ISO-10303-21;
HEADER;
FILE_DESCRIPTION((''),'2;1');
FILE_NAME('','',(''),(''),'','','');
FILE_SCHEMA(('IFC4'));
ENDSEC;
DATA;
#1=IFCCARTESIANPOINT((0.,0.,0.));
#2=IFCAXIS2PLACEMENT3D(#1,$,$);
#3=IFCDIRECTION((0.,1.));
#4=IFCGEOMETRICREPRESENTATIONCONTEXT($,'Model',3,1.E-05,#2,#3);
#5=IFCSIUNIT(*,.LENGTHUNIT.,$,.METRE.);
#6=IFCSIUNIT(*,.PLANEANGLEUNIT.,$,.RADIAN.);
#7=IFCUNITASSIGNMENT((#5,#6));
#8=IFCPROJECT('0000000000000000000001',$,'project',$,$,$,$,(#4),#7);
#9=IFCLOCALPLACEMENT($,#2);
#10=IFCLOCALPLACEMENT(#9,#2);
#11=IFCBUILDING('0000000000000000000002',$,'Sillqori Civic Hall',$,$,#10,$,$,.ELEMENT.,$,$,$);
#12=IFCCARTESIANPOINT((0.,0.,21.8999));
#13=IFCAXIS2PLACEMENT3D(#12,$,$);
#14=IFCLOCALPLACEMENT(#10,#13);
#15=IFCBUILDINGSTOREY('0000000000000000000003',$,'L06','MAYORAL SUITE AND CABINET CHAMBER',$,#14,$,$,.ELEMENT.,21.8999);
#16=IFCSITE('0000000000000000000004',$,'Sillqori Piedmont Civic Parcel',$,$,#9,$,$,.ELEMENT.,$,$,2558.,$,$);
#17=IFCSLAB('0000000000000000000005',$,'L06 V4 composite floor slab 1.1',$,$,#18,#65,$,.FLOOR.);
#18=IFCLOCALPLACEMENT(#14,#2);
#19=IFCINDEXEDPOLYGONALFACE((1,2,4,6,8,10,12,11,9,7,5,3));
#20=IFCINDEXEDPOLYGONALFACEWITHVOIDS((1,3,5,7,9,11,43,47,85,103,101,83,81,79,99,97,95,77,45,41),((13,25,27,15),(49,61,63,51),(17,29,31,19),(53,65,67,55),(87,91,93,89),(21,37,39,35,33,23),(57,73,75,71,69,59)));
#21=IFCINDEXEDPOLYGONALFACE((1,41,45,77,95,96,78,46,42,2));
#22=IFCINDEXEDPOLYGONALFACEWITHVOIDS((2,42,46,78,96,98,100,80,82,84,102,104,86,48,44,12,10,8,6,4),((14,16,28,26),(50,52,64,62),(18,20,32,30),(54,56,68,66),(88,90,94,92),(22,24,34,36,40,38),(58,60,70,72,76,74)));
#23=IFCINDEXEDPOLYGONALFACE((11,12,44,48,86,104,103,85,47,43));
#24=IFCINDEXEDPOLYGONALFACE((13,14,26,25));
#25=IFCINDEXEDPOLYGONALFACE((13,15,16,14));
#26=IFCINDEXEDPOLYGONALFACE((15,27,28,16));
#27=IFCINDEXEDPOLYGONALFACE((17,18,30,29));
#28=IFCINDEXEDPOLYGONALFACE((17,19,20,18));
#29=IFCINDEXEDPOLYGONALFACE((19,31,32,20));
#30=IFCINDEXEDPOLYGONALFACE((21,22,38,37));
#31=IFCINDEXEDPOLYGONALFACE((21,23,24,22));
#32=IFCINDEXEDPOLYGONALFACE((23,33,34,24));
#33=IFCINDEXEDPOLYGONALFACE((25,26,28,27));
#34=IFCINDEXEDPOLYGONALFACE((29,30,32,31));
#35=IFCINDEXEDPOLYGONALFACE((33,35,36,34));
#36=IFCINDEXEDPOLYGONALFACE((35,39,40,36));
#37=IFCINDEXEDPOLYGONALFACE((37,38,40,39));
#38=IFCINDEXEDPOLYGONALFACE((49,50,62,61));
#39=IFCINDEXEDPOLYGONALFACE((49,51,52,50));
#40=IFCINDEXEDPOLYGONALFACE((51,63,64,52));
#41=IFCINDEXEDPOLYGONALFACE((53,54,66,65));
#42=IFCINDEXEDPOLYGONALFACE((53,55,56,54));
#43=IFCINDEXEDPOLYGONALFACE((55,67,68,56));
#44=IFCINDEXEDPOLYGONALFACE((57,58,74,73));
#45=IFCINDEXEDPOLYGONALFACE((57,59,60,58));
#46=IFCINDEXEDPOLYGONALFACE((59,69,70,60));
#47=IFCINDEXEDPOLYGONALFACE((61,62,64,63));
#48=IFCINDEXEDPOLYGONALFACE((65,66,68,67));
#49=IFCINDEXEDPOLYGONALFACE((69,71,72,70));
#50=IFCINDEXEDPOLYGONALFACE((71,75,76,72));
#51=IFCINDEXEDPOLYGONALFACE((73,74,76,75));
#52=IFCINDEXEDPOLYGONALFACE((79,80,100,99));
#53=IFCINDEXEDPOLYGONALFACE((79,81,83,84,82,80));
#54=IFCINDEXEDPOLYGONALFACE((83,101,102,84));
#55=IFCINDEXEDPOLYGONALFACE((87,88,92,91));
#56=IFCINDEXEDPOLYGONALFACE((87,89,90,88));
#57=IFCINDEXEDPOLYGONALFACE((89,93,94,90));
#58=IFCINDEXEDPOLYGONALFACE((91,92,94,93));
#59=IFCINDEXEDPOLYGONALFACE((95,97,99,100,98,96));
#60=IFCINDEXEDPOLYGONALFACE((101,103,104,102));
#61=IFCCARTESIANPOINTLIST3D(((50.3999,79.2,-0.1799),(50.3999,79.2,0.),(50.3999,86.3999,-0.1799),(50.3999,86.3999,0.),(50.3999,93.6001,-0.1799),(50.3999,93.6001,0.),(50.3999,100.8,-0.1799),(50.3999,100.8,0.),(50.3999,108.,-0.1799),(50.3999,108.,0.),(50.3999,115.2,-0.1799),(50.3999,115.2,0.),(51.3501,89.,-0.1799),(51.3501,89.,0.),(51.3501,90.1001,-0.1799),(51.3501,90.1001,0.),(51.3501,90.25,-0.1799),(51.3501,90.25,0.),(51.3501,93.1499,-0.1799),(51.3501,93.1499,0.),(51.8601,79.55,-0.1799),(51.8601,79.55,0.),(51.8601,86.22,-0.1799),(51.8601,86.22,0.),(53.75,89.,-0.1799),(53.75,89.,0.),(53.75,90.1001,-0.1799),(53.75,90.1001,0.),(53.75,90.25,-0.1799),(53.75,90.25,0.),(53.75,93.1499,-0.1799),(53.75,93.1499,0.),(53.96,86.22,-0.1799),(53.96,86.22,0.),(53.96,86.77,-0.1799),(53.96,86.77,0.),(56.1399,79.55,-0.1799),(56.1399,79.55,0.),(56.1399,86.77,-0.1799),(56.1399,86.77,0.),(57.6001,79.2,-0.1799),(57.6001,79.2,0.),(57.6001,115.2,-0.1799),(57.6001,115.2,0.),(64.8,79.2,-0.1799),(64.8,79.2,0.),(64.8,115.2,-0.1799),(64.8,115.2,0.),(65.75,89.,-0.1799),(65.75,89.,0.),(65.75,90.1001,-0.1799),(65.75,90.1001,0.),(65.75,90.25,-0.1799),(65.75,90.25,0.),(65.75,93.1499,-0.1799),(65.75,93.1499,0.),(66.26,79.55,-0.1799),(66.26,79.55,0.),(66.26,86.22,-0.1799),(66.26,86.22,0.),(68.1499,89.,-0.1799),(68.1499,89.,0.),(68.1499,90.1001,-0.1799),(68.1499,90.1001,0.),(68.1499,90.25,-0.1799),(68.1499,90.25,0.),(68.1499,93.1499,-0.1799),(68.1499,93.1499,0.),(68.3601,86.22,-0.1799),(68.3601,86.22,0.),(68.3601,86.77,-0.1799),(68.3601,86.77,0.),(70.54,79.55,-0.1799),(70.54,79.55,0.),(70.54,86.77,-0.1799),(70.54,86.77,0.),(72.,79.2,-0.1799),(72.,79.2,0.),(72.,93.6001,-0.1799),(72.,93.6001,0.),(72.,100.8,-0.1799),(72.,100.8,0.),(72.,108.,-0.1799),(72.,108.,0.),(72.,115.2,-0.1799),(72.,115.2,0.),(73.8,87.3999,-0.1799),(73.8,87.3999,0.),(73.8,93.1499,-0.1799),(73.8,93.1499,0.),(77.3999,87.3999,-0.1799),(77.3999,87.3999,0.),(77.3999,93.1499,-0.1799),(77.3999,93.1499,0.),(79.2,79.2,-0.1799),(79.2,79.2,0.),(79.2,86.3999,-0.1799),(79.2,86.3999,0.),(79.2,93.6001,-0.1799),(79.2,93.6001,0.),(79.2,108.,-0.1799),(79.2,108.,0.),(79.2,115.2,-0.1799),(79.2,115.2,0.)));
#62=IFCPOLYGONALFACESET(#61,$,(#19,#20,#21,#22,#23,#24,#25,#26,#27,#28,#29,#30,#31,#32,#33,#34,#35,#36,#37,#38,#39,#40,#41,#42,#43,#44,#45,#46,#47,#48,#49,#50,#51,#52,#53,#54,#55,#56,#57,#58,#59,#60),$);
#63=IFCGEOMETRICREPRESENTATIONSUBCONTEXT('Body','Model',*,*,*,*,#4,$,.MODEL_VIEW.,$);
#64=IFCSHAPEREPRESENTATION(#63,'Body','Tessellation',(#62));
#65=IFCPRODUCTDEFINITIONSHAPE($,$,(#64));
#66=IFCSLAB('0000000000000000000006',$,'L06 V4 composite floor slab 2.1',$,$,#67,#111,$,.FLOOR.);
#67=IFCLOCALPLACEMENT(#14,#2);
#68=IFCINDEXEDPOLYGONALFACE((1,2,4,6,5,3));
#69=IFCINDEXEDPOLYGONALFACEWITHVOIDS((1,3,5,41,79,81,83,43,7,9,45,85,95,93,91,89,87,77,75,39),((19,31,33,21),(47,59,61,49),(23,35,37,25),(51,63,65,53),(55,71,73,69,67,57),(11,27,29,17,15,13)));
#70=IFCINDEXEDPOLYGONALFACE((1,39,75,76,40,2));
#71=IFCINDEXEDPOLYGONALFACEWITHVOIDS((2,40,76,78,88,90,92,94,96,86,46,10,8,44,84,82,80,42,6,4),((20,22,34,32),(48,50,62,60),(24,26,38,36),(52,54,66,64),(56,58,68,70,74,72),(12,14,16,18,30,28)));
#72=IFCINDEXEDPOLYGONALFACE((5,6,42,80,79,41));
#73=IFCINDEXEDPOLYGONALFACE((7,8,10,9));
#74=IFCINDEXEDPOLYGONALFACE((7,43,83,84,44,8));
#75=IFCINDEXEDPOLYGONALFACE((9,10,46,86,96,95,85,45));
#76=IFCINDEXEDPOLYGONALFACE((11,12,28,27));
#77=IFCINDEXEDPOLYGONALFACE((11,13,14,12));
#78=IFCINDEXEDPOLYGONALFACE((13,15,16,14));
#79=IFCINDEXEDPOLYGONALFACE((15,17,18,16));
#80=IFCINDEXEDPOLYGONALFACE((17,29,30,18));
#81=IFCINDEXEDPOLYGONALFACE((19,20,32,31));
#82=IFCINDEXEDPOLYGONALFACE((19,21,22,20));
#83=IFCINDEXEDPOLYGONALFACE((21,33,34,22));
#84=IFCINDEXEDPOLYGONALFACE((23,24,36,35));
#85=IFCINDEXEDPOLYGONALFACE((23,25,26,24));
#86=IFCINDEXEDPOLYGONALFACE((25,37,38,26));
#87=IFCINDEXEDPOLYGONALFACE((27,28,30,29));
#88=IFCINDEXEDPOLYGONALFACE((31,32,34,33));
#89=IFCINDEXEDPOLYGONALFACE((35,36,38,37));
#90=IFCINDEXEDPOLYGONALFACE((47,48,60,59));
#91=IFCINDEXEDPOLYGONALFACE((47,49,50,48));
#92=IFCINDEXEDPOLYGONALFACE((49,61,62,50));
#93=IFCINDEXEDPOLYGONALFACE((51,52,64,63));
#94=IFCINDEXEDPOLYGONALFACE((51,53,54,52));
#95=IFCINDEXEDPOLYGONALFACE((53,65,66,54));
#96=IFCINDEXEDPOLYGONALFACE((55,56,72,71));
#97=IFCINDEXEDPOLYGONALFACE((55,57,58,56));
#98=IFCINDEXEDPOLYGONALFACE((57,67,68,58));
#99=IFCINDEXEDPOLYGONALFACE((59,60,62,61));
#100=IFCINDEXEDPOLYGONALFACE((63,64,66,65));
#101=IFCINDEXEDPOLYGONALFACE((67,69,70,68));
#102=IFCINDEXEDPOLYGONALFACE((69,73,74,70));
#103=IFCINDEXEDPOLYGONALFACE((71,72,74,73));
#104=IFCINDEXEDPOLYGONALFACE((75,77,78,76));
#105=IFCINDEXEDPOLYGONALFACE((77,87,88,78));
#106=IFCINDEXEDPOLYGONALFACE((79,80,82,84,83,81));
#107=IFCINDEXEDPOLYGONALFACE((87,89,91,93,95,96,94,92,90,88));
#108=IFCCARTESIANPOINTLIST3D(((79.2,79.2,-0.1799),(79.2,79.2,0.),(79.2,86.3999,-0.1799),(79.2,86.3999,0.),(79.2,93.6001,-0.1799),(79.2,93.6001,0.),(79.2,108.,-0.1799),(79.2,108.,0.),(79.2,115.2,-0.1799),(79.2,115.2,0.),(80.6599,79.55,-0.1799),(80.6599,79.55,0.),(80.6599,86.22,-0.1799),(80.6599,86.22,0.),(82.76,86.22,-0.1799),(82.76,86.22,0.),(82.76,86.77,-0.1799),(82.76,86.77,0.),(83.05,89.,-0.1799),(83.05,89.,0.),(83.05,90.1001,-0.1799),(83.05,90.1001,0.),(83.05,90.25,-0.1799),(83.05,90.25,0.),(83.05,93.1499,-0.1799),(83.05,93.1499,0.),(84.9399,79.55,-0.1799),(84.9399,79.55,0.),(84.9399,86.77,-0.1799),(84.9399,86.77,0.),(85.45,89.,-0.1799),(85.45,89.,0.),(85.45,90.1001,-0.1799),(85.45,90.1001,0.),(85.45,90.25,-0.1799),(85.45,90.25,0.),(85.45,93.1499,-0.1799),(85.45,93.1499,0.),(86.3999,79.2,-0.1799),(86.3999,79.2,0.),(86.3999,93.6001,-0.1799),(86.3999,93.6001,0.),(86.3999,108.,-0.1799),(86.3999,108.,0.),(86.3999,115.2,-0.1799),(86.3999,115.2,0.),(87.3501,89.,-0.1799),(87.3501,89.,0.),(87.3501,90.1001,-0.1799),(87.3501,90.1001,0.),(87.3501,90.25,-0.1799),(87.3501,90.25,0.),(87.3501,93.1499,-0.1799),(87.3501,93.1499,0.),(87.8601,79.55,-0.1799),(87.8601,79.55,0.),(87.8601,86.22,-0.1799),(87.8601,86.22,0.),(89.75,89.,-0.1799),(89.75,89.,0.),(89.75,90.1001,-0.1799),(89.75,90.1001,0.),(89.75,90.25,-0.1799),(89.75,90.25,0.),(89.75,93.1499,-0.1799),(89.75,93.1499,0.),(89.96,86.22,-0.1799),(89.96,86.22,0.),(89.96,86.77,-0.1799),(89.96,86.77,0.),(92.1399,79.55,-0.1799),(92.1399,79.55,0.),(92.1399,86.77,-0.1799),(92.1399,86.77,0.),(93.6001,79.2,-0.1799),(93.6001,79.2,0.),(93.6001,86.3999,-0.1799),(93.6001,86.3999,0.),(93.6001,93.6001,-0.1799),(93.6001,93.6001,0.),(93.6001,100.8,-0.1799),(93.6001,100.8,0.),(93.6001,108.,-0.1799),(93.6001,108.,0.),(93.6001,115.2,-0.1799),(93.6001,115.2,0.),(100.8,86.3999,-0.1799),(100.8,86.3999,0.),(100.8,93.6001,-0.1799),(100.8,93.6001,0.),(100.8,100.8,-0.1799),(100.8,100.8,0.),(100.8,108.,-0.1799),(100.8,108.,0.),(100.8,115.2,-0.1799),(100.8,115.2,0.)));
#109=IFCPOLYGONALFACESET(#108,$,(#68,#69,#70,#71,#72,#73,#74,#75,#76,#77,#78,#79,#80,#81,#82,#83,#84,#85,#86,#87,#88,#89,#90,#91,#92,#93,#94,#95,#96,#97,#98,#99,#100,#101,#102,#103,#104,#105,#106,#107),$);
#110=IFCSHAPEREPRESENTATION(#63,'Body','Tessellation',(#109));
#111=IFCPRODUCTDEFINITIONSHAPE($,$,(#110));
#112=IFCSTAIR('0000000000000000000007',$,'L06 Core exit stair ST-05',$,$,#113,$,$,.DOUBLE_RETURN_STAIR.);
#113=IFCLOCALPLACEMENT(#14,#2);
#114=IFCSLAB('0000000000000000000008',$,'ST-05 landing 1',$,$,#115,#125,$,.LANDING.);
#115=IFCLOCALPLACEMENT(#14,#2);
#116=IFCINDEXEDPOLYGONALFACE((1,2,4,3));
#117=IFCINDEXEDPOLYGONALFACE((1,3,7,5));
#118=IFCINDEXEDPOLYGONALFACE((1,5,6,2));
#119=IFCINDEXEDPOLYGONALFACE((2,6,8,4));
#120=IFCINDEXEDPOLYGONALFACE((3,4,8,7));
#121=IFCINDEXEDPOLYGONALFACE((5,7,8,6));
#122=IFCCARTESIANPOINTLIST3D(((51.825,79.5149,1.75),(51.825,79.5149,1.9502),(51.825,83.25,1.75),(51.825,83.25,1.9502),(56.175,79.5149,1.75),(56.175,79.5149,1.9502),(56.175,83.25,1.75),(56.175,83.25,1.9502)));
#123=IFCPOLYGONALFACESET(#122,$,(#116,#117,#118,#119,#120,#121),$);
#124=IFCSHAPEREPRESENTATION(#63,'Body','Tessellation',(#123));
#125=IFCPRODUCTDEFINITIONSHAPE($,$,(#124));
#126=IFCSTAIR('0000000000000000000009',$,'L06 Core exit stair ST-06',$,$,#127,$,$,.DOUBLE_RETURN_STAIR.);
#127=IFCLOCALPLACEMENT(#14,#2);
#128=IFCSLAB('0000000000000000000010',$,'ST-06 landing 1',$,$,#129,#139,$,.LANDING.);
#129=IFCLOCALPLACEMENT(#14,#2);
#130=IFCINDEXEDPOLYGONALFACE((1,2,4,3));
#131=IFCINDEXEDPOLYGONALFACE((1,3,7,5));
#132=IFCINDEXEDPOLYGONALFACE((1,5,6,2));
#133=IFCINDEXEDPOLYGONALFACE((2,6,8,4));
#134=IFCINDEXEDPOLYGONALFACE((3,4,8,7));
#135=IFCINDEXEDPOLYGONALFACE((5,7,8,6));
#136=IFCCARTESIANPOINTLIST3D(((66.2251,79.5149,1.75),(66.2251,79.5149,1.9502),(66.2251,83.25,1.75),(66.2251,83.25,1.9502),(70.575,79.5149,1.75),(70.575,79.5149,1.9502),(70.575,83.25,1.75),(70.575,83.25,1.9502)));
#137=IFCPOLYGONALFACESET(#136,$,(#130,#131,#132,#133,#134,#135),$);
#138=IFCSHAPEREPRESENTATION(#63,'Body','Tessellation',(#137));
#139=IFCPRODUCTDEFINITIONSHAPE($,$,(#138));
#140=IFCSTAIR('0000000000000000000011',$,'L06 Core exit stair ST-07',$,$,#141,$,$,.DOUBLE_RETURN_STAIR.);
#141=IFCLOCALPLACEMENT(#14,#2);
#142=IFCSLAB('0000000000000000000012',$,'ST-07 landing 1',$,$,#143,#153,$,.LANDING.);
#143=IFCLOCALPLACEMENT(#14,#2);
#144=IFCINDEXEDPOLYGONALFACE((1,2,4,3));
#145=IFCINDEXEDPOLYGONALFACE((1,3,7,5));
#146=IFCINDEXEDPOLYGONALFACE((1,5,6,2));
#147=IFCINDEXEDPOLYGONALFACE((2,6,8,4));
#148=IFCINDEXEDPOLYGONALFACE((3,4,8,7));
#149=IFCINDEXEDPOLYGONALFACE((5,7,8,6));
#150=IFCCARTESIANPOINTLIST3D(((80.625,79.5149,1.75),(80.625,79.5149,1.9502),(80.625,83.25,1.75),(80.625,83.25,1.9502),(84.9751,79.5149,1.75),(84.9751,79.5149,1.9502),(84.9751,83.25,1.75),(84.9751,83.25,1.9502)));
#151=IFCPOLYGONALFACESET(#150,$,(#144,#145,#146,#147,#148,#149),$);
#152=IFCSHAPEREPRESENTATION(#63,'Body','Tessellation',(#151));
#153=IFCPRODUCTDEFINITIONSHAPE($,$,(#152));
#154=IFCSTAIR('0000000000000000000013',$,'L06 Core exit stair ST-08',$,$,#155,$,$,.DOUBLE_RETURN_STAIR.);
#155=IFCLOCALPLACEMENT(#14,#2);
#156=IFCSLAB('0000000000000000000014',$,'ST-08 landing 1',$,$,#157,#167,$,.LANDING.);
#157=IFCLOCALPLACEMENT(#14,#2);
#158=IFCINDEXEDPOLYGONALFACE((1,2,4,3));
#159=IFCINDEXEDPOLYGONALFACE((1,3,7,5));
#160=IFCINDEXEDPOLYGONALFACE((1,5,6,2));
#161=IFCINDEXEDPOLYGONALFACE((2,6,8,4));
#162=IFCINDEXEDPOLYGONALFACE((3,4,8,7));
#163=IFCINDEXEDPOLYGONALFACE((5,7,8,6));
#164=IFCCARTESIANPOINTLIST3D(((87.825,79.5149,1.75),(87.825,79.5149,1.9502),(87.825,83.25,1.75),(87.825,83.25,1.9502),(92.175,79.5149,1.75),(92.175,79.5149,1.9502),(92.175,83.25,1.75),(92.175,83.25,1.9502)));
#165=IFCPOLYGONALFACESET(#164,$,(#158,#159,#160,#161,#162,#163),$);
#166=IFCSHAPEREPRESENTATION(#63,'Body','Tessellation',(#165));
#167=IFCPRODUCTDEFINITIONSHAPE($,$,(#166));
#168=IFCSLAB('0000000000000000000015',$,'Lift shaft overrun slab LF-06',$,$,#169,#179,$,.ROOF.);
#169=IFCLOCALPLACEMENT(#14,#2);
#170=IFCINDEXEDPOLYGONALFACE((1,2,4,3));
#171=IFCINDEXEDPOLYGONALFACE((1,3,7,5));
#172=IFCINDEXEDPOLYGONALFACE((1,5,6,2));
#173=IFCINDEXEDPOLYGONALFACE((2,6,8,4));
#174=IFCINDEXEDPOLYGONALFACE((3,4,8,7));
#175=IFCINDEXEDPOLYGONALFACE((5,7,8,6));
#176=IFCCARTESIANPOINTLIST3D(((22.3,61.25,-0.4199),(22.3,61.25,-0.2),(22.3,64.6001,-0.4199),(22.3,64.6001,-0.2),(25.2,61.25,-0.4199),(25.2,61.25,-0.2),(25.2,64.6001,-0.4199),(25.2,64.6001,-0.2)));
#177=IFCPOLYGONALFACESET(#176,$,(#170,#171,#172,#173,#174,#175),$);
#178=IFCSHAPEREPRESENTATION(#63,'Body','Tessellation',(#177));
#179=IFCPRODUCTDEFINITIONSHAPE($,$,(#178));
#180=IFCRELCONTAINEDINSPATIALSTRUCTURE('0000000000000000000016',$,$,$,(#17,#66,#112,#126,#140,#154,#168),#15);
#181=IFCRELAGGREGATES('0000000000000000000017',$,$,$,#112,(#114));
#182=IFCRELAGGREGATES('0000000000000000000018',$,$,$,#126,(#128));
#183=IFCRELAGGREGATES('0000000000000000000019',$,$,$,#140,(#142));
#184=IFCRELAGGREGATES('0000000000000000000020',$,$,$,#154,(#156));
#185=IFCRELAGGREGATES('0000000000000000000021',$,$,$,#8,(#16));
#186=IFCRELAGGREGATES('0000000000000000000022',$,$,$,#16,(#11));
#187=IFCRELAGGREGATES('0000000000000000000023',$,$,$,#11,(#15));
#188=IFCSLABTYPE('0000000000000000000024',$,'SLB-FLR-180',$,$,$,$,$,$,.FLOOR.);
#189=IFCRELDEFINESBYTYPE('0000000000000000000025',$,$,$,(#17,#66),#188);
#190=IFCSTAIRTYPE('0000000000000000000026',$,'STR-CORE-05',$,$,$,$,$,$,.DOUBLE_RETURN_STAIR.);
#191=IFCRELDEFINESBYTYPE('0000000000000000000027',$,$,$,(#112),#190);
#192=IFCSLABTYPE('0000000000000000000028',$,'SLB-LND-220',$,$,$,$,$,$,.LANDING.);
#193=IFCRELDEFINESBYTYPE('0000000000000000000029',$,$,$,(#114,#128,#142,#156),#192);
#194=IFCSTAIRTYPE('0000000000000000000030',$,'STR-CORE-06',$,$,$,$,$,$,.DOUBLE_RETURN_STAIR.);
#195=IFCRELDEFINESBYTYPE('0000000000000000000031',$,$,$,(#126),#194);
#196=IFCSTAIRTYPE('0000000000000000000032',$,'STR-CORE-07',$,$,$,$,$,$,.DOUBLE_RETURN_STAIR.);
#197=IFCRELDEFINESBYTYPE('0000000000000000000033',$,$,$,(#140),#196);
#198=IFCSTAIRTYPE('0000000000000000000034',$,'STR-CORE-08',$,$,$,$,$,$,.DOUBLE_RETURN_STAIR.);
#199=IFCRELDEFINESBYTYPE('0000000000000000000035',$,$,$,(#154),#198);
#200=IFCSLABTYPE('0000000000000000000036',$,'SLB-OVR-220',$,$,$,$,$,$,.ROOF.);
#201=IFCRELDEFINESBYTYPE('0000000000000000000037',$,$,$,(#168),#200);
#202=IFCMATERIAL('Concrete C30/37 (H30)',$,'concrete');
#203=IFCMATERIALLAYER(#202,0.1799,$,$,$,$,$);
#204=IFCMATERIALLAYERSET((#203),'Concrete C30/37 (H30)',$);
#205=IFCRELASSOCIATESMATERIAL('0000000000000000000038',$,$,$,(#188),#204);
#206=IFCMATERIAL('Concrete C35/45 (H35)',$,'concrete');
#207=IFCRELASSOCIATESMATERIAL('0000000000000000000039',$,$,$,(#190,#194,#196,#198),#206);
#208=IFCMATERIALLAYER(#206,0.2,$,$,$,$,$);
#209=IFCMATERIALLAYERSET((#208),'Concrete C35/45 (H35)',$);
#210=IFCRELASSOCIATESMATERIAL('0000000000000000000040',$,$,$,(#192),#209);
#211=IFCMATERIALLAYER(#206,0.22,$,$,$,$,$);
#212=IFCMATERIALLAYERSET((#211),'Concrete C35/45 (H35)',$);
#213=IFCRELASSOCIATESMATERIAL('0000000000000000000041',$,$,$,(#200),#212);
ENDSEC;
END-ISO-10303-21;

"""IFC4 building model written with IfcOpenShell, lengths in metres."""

from ifc_helpers import new_model, si_unit, direction, frame, origin, place, context, subcontext, project, spatial, polyline, outline, extrude, material, layer, layer_set, type_object, element, aggregate, save


model = new_model("IFC4")

# Units and contexts
model_context = context("Model", 3, precision=1e-05, world=origin(), true_north=direction((0.0, 1.0)))
body_context = subcontext(model_context, "Body", "Model", "MODEL_VIEW")
ifc_project = project(units=[si_unit("LENGTHUNIT", "METRE"), si_unit("PLANEANGLEUNIT", "RADIAN")], contexts=[model_context])

# Site, building, storey
site_placement = place(None, origin())
site = spatial("IfcSite", under=ifc_project, at=site_placement, Name="Sillqori Piedmont Civic Parcel", CompositionType="ELEMENT", RefElevation=2558.0)
building_placement = place(site_placement, origin())
building = spatial("IfcBuilding", under=site, at=building_placement, Name="Sillqori Civic Hall", CompositionType="ELEMENT")
storey_placement = place(building_placement, frame((0.0, 0.0, 21.8999)))
storey = spatial("IfcBuildingStorey", under=building, at=storey_placement, Name="L06", Description="MAYORAL SUITE AND CABINET CHAMBER", CompositionType="ELEMENT", Elevation=21.8999)

# Slabs
ifc_material_1 = material(Name="Concrete C30/37 (H30)", Category="concrete")
ifc_layer_1 = layer(ifc_material_1, 0.1799)
ifc_layer_set_1 = layer_set([ifc_layer_1], Name="Concrete C30/37 (H30)")
slab_type_1 = type_object("IfcSlabType", Name="SLB-FLR-180", PredefinedType="FLOOR", material=ifc_layer_set_1)
slab_1_placement = place(storey_placement, frame((0.0, 0.0, -0.1799)))
element("IfcSlab", 1, at=slab_1_placement, inside=storey, type_object=slab_type_1, Name="L06 V4 composite floor slab 1.1", PredefinedType="FLOOR", context=body_context, shape_type="SweptSolid", body=[
    extrude(outline(polyline([(50.3999, 108.0), (50.3999, 115.2), (57.6001, 115.2), (64.8, 115.2), (72.0, 115.2), (79.2, 115.2), (79.2, 108.0), (72.0, 108.0), (72.0, 100.8), (72.0, 93.6001), (79.2, 93.6001), (79.2, 86.3999), (79.2, 79.2), (72.0, 79.2), (64.8, 79.2), (57.6001, 79.2), (50.3999, 79.2), (50.3999, 86.3999), (50.3999, 93.6001), (50.3999, 100.8), (50.3999, 108.0)]), holes=[polyline([(51.8601, 79.55), (56.1399, 79.55), (56.1399, 86.77), (53.96, 86.77), (53.96, 86.22), (51.8601, 86.22), (51.8601, 79.55)]), polyline([(66.26, 86.22), (66.26, 79.55), (70.54, 79.55), (70.54, 86.77), (68.3601, 86.77), (68.3601, 86.22), (66.26, 86.22)]), polyline([(53.75, 90.1001), (51.3501, 90.1001), (51.3501, 89.0), (53.75, 89.0), (53.75, 90.1001)]), polyline([(65.75, 90.1001), (65.75, 89.0), (68.1499, 89.0), (68.1499, 90.1001), (65.75, 90.1001)]), polyline([(77.3999, 93.1499), (73.8, 93.1499), (73.8, 87.3999), (77.3999, 87.3999), (77.3999, 93.1499)]), polyline([(53.75, 93.1499), (51.3501, 93.1499), (51.3501, 90.25), (53.75, 90.25), (53.75, 93.1499)]), polyline([(65.75, 93.1499), (65.75, 90.25), (68.1499, 90.25), (68.1499, 93.1499), (65.75, 93.1499)])]), origin(), (0.0, 0.0, 1.0), 0.1799),
])
slab_2_placement = place(storey_placement, frame((0.0, 0.0, -0.1799)))
element("IfcSlab", 2, at=slab_2_placement, inside=storey, type_object=slab_type_1, Name="L06 V4 composite floor slab 2.1", PredefinedType="FLOOR", context=body_context, shape_type="SweptSolid", body=[
    extrude(outline(polyline([(86.3999, 93.6001), (93.6001, 93.6001), (93.6001, 100.8), (93.6001, 108.0), (86.3999, 108.0), (79.2, 108.0), (79.2, 115.2), (86.3999, 115.2), (93.6001, 115.2), (100.8, 115.2), (100.8, 108.0), (100.8, 100.8), (100.8, 93.6001), (100.8, 86.3999), (93.6001, 86.3999), (93.6001, 79.2), (86.3999, 79.2), (79.2, 79.2), (79.2, 86.3999), (79.2, 93.6001), (86.3999, 93.6001)]), holes=[polyline([(80.6599, 86.22), (80.6599, 79.55), (84.9399, 79.55), (84.9399, 86.77), (82.76, 86.77), (82.76, 86.22), (80.6599, 86.22)]), polyline([(87.8601, 86.22), (87.8601, 79.55), (92.1399, 79.55), (92.1399, 86.77), (89.96, 86.77), (89.96, 86.22), (87.8601, 86.22)]), polyline([(85.45, 90.1001), (83.05, 90.1001), (83.05, 89.0), (85.45, 89.0), (85.45, 90.1001)]), polyline([(89.75, 90.1001), (87.3501, 90.1001), (87.3501, 89.0), (89.75, 89.0), (89.75, 90.1001)]), polyline([(85.45, 93.1499), (83.05, 93.1499), (83.05, 90.25), (85.45, 90.25), (85.45, 93.1499)]), polyline([(89.75, 93.1499), (87.3501, 93.1499), (87.3501, 90.25), (89.75, 90.25), (89.75, 93.1499)])]), origin(), (0.0, 0.0, 1.0), 0.1799),
])

# Stairs, slabs
ifc_material_2 = material(Name="Concrete C35/45 (H35)", Category="concrete")
stair_type_1 = type_object("IfcStairType", Name="STR-CORE-05", PredefinedType="DOUBLE_RETURN_STAIR", material=ifc_material_2)
stair_1_placement = place(storey_placement, origin())
stair_1 = element("IfcStair", 3, at=stair_1_placement, inside=storey, type_object=stair_type_1, Name="L06 Core exit stair ST-05", PredefinedType="DOUBLE_RETURN_STAIR")
ifc_layer_2 = layer(ifc_material_2, 0.2)
ifc_layer_set_2 = layer_set([ifc_layer_2], Name="Concrete C35/45 (H35)")
slab_type_2 = type_object("IfcSlabType", Name="SLB-LND-220", PredefinedType="LANDING", material=ifc_layer_set_2)
slab_3_placement = place(storey_placement, frame((0.0, 0.0, 1.75)))
slab_3 = element("IfcSlab", 4, at=slab_3_placement, type_object=slab_type_2, Name="ST-05 landing 1", PredefinedType="LANDING", context=body_context, shape_type="SweptSolid", body=[
    extrude(outline(polyline([(51.825, 83.25), (51.825, 79.5149), (56.175, 79.5149), (56.175, 83.25), (51.825, 83.25)])), origin(), (0.0, 0.0, 1.0), 0.2002),
])
aggregate(stair_1, [slab_3])
stair_type_2 = type_object("IfcStairType", Name="STR-CORE-06", PredefinedType="DOUBLE_RETURN_STAIR", material=ifc_material_2)
stair_2_placement = place(storey_placement, origin())
stair_2 = element("IfcStair", 5, at=stair_2_placement, inside=storey, type_object=stair_type_2, Name="L06 Core exit stair ST-06", PredefinedType="DOUBLE_RETURN_STAIR")
slab_4_placement = place(storey_placement, frame((0.0, 0.0, 1.75)))
slab_4 = element("IfcSlab", 6, at=slab_4_placement, type_object=slab_type_2, Name="ST-06 landing 1", PredefinedType="LANDING", context=body_context, shape_type="SweptSolid", body=[
    extrude(outline(polyline([(66.2251, 83.25), (66.2251, 79.5149), (70.575, 79.5149), (70.575, 83.25), (66.2251, 83.25)])), origin(), (0.0, 0.0, 1.0), 0.2002),
])
aggregate(stair_2, [slab_4])
stair_type_3 = type_object("IfcStairType", Name="STR-CORE-07", PredefinedType="DOUBLE_RETURN_STAIR", material=ifc_material_2)
stair_3_placement = place(storey_placement, origin())
stair_3 = element("IfcStair", 7, at=stair_3_placement, inside=storey, type_object=stair_type_3, Name="L06 Core exit stair ST-07", PredefinedType="DOUBLE_RETURN_STAIR")
slab_5_placement = place(storey_placement, frame((0.0, 0.0, 1.75)))
slab_5 = element("IfcSlab", 8, at=slab_5_placement, type_object=slab_type_2, Name="ST-07 landing 1", PredefinedType="LANDING", context=body_context, shape_type="SweptSolid", body=[
    extrude(outline(polyline([(80.625, 83.25), (80.625, 79.5149), (84.9751, 79.5149), (84.9751, 83.25), (80.625, 83.25)])), origin(), (0.0, 0.0, 1.0), 0.2002),
])
aggregate(stair_3, [slab_5])
stair_type_4 = type_object("IfcStairType", Name="STR-CORE-08", PredefinedType="DOUBLE_RETURN_STAIR", material=ifc_material_2)
stair_4_placement = place(storey_placement, origin())
stair_4 = element("IfcStair", 9, at=stair_4_placement, inside=storey, type_object=stair_type_4, Name="L06 Core exit stair ST-08", PredefinedType="DOUBLE_RETURN_STAIR")
slab_6_placement = place(storey_placement, frame((0.0, 0.0, 1.75)))
slab_6 = element("IfcSlab", 10, at=slab_6_placement, type_object=slab_type_2, Name="ST-08 landing 1", PredefinedType="LANDING", context=body_context, shape_type="SweptSolid", body=[
    extrude(outline(polyline([(87.825, 83.25), (87.825, 79.5149), (92.175, 79.5149), (92.175, 83.25), (87.825, 83.25)])), origin(), (0.0, 0.0, 1.0), 0.2002),
])
aggregate(stair_4, [slab_6])

# Slab
ifc_layer_3 = layer(ifc_material_2, 0.22)
ifc_layer_set_3 = layer_set([ifc_layer_3], Name="Concrete C35/45 (H35)")
slab_type_3 = type_object("IfcSlabType", Name="SLB-OVR-220", PredefinedType="ROOF", material=ifc_layer_set_3)
slab_7_placement = place(storey_placement, frame((0.0, 0.0, -0.4199)))
element("IfcSlab", 11, at=slab_7_placement, inside=storey, type_object=slab_type_3, Name="Lift shaft overrun slab LF-06", PredefinedType="ROOF", context=body_context, shape_type="SweptSolid", body=[
    extrude(outline(polyline([(22.3, 61.25), (25.2, 61.25), (25.2, 64.6001), (22.3, 64.6001), (22.3, 61.25)])), origin(), (0.0, 0.0, 1.0), 0.22),
])

save(model, "model.ifc")
